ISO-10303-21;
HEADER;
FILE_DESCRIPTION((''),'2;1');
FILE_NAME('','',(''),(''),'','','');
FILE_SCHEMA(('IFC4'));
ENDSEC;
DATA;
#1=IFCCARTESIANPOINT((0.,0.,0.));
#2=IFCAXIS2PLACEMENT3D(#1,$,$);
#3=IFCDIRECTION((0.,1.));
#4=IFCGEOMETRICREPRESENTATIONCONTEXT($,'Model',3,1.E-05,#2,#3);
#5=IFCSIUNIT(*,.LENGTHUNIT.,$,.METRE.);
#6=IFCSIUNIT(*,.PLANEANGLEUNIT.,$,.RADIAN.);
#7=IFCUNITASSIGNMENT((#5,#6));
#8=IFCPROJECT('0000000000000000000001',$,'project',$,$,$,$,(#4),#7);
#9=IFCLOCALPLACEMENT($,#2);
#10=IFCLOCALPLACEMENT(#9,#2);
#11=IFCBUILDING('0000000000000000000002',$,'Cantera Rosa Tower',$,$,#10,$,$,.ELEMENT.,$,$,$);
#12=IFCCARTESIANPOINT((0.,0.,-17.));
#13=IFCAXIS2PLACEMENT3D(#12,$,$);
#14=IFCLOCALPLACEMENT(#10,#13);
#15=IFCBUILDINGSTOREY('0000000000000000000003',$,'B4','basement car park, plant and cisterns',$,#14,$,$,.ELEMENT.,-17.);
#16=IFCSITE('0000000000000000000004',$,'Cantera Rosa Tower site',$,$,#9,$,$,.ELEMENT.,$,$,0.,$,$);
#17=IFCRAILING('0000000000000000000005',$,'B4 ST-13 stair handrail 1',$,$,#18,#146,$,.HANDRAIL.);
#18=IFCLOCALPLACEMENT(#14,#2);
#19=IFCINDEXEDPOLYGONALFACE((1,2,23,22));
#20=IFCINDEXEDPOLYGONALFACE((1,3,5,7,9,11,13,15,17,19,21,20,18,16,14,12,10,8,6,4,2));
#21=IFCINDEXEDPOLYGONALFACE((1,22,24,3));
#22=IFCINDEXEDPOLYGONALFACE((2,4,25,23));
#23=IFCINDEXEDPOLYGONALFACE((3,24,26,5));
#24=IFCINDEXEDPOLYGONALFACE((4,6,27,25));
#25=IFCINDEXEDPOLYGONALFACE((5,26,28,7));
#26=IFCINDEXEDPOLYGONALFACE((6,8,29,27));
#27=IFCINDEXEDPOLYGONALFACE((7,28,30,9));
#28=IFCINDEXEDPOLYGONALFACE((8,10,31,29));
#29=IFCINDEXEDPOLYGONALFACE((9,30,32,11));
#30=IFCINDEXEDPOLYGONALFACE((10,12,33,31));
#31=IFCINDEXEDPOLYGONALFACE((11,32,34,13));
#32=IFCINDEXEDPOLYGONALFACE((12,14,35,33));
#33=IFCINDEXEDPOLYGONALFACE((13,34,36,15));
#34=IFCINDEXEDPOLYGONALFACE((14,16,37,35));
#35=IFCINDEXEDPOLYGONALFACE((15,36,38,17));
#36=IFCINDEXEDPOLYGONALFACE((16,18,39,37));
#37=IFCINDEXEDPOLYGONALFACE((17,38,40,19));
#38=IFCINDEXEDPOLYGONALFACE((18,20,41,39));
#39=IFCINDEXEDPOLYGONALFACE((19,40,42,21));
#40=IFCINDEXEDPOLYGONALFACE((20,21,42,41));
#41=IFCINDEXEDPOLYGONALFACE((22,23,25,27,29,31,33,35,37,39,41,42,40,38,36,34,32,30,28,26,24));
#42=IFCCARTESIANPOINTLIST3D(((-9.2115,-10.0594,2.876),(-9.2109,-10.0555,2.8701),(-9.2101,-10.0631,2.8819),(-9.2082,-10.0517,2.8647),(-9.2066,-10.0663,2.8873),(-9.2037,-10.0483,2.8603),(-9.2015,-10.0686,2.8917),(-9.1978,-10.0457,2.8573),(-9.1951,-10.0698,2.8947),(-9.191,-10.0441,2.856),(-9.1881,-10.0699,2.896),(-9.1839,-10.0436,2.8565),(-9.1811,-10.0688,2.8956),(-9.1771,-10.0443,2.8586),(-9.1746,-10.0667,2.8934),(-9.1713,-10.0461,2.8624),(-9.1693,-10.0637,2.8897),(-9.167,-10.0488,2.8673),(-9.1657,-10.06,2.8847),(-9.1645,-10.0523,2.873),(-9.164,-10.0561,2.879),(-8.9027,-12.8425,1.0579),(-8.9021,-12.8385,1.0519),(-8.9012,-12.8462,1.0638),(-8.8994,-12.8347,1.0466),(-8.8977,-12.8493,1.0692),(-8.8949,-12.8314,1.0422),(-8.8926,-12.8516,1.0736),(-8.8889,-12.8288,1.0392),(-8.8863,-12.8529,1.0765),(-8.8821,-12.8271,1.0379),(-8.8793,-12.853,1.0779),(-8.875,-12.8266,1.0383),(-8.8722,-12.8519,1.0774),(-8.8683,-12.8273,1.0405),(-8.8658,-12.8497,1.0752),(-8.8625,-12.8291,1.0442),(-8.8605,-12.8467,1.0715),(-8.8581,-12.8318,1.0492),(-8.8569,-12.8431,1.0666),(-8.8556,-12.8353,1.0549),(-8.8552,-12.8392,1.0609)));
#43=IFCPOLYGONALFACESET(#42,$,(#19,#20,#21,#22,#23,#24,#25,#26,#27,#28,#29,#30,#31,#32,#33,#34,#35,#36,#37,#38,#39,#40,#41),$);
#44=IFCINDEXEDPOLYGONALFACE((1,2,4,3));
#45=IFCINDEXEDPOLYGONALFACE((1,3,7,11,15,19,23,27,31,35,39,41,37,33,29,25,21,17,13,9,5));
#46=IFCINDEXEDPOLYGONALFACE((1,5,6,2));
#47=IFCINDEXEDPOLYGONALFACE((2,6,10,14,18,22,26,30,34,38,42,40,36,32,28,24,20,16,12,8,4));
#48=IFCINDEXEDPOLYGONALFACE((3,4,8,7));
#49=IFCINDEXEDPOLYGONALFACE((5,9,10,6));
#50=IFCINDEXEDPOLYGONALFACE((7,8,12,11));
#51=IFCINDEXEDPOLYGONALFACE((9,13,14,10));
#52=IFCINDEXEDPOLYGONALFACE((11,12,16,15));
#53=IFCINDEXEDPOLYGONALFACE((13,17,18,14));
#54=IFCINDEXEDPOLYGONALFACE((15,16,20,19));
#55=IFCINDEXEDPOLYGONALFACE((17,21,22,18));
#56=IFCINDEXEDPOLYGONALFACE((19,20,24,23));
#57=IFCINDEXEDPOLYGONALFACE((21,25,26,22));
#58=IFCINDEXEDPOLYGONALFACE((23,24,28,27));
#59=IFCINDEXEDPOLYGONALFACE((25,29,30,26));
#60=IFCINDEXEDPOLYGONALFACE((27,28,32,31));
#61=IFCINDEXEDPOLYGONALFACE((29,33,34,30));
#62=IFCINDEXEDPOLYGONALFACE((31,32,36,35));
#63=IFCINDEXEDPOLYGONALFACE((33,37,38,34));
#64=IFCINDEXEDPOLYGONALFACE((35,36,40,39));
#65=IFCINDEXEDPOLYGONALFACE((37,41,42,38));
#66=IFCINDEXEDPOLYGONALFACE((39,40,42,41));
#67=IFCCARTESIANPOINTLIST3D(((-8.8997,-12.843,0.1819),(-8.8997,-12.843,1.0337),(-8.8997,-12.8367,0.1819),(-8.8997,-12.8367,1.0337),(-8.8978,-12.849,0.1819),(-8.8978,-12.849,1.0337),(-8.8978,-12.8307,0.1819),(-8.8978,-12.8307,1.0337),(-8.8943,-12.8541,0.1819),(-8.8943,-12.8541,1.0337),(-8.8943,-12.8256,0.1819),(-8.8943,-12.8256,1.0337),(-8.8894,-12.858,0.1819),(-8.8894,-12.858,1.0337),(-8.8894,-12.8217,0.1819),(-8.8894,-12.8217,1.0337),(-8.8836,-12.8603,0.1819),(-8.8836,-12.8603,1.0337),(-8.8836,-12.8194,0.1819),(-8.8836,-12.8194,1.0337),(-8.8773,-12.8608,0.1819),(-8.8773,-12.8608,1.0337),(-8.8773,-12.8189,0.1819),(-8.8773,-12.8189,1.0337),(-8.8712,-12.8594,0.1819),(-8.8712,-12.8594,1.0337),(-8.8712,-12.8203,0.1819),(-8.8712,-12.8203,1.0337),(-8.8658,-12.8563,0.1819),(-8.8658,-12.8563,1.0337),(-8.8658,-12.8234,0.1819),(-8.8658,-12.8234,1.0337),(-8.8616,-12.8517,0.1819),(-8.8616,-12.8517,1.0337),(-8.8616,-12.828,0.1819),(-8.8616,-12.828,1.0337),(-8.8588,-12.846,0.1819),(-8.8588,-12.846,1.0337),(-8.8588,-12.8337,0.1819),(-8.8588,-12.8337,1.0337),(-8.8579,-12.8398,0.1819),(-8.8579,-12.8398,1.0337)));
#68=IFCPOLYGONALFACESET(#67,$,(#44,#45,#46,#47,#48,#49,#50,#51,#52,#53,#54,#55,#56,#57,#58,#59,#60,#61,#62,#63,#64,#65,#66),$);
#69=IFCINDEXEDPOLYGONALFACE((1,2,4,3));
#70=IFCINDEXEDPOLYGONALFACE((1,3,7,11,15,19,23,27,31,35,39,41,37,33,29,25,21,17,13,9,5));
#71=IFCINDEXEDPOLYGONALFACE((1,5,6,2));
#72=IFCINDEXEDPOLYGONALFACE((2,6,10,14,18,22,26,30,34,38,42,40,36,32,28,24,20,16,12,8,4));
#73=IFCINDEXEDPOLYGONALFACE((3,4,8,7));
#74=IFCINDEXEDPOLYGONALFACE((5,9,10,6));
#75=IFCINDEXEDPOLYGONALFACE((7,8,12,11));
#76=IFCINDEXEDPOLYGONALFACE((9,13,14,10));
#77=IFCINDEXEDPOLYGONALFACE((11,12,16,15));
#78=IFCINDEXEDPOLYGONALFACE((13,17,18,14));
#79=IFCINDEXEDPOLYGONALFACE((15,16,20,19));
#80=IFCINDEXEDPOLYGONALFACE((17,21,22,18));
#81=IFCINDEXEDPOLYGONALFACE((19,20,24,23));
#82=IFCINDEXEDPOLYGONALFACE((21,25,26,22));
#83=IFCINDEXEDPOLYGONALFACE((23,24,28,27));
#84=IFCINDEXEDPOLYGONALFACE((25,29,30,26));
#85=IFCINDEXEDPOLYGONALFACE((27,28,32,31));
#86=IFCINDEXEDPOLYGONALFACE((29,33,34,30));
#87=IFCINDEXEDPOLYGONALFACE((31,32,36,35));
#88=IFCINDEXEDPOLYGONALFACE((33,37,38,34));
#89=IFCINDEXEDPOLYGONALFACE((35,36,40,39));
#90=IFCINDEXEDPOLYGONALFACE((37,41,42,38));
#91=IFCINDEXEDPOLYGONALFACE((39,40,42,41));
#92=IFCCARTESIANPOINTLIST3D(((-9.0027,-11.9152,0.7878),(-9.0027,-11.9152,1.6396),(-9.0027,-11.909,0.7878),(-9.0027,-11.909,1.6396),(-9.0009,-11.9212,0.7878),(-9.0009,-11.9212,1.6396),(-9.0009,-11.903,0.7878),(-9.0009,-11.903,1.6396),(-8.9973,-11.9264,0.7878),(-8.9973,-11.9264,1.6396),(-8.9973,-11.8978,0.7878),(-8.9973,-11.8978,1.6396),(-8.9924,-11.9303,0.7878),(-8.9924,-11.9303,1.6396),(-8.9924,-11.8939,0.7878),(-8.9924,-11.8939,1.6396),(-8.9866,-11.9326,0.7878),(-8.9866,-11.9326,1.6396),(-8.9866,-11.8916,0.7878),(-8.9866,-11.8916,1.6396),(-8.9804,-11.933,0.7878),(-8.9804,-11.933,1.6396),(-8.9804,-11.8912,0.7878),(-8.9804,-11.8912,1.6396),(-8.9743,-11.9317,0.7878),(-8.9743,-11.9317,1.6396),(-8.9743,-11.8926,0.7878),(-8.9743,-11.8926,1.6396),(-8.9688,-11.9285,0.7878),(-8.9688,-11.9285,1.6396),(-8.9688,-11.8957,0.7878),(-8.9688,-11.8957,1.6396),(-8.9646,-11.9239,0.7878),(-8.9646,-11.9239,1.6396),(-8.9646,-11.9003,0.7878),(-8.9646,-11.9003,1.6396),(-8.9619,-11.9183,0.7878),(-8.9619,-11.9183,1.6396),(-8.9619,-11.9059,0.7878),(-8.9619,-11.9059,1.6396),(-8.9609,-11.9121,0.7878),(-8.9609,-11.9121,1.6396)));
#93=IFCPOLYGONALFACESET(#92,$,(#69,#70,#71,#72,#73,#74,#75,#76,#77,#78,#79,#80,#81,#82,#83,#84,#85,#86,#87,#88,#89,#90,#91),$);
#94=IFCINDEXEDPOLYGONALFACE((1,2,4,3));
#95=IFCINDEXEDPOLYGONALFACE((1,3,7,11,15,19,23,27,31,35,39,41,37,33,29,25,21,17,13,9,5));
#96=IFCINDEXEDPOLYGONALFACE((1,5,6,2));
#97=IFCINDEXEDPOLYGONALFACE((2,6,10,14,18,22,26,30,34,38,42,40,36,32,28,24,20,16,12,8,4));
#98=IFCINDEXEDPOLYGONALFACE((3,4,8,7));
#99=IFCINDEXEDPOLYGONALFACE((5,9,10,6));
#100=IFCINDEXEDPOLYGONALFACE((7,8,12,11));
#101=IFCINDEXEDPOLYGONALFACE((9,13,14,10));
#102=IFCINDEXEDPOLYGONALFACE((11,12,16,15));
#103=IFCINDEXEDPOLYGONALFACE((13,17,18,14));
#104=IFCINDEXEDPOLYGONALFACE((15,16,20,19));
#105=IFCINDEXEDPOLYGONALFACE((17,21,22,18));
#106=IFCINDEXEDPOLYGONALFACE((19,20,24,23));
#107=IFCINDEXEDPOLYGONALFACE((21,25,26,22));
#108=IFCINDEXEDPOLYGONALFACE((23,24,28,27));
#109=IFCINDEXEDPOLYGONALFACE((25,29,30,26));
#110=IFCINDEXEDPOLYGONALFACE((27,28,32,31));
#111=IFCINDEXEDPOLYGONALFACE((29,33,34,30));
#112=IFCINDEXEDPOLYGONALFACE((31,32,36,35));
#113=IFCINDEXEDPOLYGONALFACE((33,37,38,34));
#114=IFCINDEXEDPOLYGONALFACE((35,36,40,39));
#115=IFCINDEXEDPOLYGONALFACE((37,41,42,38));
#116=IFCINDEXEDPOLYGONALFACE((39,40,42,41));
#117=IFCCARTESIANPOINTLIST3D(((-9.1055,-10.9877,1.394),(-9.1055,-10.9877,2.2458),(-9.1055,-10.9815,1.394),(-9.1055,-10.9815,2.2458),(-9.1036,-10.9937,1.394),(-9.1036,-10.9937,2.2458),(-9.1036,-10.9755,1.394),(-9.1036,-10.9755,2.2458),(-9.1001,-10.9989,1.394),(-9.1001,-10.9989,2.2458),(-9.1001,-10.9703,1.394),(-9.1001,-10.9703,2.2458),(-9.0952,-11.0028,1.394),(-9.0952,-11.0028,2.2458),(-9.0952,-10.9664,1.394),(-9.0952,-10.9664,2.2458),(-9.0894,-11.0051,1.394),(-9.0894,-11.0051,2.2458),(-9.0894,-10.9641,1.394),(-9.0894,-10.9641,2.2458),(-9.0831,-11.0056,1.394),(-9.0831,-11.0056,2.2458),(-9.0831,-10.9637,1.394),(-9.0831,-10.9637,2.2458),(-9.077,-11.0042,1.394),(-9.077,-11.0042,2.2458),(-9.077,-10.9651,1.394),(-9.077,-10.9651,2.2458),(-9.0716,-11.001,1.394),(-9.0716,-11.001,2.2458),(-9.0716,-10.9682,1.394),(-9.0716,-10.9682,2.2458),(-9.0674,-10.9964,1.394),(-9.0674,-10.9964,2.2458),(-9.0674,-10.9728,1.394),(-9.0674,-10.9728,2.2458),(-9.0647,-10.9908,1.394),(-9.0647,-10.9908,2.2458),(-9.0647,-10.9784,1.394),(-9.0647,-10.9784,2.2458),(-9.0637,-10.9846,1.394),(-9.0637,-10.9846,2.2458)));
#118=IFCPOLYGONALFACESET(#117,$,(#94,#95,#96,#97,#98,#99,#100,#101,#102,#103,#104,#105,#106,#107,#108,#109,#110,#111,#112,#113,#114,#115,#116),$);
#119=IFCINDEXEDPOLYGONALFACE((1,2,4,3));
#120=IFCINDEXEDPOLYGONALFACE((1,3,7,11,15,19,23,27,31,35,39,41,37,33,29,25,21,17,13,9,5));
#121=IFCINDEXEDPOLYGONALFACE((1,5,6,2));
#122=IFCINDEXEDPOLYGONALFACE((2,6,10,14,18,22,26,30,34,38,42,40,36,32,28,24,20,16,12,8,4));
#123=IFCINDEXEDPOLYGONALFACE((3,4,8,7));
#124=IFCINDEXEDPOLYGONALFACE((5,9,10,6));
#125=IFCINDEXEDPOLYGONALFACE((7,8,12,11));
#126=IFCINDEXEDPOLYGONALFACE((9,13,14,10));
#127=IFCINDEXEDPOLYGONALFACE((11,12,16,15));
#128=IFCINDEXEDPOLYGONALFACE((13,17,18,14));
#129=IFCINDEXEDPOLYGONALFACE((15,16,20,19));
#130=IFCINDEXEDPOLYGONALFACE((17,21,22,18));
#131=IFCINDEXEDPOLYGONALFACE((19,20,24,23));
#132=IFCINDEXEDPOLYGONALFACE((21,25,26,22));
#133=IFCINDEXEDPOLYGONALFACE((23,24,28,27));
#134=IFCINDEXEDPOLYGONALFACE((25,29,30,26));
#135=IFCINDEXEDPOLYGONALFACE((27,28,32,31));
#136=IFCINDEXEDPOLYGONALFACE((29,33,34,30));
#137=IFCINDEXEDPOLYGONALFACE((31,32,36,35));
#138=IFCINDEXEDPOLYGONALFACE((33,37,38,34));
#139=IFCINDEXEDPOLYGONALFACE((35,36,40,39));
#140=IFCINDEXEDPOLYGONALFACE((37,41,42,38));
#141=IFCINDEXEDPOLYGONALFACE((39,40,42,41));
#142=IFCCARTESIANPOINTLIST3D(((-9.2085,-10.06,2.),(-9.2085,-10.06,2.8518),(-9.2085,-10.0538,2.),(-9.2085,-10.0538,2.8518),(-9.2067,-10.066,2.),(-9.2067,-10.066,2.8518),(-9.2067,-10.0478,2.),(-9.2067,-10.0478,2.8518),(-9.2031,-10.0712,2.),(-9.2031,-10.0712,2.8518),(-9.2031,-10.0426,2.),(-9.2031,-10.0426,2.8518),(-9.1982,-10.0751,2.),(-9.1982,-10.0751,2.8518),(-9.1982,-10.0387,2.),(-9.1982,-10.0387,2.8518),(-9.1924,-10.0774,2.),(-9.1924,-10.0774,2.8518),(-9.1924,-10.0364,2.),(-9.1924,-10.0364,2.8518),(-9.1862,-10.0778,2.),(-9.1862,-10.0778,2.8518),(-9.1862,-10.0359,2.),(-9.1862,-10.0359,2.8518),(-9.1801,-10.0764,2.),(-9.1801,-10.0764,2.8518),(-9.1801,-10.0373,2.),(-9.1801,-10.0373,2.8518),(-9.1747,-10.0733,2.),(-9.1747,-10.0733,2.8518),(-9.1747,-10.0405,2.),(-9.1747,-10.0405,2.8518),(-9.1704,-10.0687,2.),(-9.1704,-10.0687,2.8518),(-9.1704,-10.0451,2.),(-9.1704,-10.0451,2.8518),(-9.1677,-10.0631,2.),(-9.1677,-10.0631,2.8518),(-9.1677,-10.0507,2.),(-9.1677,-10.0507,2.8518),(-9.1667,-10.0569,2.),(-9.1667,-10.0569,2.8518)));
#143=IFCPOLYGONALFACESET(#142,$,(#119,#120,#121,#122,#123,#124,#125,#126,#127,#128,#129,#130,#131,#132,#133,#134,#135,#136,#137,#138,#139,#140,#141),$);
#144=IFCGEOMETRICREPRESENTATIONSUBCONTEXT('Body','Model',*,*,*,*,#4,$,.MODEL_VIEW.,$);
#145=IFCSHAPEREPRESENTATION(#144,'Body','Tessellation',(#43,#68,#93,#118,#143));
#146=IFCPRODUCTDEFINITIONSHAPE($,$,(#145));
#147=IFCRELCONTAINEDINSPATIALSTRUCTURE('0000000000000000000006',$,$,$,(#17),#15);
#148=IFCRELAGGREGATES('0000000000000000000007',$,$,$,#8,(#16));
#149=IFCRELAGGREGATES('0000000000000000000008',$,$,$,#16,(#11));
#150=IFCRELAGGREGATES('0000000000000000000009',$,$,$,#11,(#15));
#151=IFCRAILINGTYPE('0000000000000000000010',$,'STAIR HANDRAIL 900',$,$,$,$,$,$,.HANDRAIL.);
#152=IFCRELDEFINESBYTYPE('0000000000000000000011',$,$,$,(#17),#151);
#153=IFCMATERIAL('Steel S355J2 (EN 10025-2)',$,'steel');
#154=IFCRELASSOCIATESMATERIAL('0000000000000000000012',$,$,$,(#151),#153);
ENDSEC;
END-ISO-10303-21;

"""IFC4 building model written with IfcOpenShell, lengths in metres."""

from ifc_helpers import new_model, si_unit, direction, frame, origin, origin_2d, place, context, subcontext, project, spatial, circle, extrude, material, type_object, element, save


model = new_model("IFC4")

# Units and contexts
model_context = context("Model", 3, precision=1e-05, world=origin(), true_north=direction((0.0, 1.0)))
body_context = subcontext(model_context, "Body", "Model", "MODEL_VIEW")
ifc_project = project(units=[si_unit("LENGTHUNIT", "METRE"), si_unit("PLANEANGLEUNIT", "RADIAN")], contexts=[model_context])

# Site, building, storey
site_placement = place(None, origin())
site = spatial("IfcSite", under=ifc_project, at=site_placement, Name="Cantera Rosa Tower site", CompositionType="ELEMENT", RefElevation=0.0)
building_placement = place(site_placement, origin())
building = spatial("IfcBuilding", under=site, at=building_placement, Name="Cantera Rosa Tower", CompositionType="ELEMENT")
storey_placement = place(building_placement, frame((0.0, 0.0, -17.0)))
storey = spatial("IfcBuildingStorey", under=building, at=storey_placement, Name="B4", Description="basement car park, plant and cisterns", CompositionType="ELEMENT", Elevation=-17.0)

# Railing
ifc_material_1 = material(Name="Steel S355J2 (EN 10025-2)", Category="steel")
railing_type_1 = type_object("IfcRailingType", Name="STAIR HANDRAIL 900", PredefinedType="HANDRAIL", material=ifc_material_1)
railing_1_placement = place(storey_placement, frame((-8.8789, -12.8398, 0.1819)))
element("IfcRailing", 1, at=railing_1_placement, inside=storey, type_object=railing_type_1, Name="B4 ST-13 stair handrail 1", PredefinedType="HANDRAIL", context=body_context, shape_type="SweptSolid", body=[
    extrude(circle(Radius=0.0239, at=origin_2d()), frame((0.0, 0.0, 0.876), z_axis=(-0.092507, 0.833588, 0.544586), x_axis=(-0.993899, -0.110298, 0.0)), (0.0, 0.0, 1.0), 3.3386),
    extrude(circle(Radius=0.021, at=origin_2d()), origin(), (0.0, 0.0, 1.0), 0.8518),
    extrude(circle(Radius=0.021, at=origin_2d()), frame((-0.103, 0.9277, 0.606)), (0.0, 0.0, 1.0), 0.8518),
    extrude(circle(Radius=0.021, at=origin_2d()), frame((-0.2058, 1.8552, 1.2122)), (0.0, 0.0, 1.0), 0.8518),
    extrude(circle(Radius=0.021, at=origin_2d()), frame((-0.3088, 2.783, 1.8181)), (0.0, 0.0, 1.0), 0.8518),
])

save(model, "model.ifc")
